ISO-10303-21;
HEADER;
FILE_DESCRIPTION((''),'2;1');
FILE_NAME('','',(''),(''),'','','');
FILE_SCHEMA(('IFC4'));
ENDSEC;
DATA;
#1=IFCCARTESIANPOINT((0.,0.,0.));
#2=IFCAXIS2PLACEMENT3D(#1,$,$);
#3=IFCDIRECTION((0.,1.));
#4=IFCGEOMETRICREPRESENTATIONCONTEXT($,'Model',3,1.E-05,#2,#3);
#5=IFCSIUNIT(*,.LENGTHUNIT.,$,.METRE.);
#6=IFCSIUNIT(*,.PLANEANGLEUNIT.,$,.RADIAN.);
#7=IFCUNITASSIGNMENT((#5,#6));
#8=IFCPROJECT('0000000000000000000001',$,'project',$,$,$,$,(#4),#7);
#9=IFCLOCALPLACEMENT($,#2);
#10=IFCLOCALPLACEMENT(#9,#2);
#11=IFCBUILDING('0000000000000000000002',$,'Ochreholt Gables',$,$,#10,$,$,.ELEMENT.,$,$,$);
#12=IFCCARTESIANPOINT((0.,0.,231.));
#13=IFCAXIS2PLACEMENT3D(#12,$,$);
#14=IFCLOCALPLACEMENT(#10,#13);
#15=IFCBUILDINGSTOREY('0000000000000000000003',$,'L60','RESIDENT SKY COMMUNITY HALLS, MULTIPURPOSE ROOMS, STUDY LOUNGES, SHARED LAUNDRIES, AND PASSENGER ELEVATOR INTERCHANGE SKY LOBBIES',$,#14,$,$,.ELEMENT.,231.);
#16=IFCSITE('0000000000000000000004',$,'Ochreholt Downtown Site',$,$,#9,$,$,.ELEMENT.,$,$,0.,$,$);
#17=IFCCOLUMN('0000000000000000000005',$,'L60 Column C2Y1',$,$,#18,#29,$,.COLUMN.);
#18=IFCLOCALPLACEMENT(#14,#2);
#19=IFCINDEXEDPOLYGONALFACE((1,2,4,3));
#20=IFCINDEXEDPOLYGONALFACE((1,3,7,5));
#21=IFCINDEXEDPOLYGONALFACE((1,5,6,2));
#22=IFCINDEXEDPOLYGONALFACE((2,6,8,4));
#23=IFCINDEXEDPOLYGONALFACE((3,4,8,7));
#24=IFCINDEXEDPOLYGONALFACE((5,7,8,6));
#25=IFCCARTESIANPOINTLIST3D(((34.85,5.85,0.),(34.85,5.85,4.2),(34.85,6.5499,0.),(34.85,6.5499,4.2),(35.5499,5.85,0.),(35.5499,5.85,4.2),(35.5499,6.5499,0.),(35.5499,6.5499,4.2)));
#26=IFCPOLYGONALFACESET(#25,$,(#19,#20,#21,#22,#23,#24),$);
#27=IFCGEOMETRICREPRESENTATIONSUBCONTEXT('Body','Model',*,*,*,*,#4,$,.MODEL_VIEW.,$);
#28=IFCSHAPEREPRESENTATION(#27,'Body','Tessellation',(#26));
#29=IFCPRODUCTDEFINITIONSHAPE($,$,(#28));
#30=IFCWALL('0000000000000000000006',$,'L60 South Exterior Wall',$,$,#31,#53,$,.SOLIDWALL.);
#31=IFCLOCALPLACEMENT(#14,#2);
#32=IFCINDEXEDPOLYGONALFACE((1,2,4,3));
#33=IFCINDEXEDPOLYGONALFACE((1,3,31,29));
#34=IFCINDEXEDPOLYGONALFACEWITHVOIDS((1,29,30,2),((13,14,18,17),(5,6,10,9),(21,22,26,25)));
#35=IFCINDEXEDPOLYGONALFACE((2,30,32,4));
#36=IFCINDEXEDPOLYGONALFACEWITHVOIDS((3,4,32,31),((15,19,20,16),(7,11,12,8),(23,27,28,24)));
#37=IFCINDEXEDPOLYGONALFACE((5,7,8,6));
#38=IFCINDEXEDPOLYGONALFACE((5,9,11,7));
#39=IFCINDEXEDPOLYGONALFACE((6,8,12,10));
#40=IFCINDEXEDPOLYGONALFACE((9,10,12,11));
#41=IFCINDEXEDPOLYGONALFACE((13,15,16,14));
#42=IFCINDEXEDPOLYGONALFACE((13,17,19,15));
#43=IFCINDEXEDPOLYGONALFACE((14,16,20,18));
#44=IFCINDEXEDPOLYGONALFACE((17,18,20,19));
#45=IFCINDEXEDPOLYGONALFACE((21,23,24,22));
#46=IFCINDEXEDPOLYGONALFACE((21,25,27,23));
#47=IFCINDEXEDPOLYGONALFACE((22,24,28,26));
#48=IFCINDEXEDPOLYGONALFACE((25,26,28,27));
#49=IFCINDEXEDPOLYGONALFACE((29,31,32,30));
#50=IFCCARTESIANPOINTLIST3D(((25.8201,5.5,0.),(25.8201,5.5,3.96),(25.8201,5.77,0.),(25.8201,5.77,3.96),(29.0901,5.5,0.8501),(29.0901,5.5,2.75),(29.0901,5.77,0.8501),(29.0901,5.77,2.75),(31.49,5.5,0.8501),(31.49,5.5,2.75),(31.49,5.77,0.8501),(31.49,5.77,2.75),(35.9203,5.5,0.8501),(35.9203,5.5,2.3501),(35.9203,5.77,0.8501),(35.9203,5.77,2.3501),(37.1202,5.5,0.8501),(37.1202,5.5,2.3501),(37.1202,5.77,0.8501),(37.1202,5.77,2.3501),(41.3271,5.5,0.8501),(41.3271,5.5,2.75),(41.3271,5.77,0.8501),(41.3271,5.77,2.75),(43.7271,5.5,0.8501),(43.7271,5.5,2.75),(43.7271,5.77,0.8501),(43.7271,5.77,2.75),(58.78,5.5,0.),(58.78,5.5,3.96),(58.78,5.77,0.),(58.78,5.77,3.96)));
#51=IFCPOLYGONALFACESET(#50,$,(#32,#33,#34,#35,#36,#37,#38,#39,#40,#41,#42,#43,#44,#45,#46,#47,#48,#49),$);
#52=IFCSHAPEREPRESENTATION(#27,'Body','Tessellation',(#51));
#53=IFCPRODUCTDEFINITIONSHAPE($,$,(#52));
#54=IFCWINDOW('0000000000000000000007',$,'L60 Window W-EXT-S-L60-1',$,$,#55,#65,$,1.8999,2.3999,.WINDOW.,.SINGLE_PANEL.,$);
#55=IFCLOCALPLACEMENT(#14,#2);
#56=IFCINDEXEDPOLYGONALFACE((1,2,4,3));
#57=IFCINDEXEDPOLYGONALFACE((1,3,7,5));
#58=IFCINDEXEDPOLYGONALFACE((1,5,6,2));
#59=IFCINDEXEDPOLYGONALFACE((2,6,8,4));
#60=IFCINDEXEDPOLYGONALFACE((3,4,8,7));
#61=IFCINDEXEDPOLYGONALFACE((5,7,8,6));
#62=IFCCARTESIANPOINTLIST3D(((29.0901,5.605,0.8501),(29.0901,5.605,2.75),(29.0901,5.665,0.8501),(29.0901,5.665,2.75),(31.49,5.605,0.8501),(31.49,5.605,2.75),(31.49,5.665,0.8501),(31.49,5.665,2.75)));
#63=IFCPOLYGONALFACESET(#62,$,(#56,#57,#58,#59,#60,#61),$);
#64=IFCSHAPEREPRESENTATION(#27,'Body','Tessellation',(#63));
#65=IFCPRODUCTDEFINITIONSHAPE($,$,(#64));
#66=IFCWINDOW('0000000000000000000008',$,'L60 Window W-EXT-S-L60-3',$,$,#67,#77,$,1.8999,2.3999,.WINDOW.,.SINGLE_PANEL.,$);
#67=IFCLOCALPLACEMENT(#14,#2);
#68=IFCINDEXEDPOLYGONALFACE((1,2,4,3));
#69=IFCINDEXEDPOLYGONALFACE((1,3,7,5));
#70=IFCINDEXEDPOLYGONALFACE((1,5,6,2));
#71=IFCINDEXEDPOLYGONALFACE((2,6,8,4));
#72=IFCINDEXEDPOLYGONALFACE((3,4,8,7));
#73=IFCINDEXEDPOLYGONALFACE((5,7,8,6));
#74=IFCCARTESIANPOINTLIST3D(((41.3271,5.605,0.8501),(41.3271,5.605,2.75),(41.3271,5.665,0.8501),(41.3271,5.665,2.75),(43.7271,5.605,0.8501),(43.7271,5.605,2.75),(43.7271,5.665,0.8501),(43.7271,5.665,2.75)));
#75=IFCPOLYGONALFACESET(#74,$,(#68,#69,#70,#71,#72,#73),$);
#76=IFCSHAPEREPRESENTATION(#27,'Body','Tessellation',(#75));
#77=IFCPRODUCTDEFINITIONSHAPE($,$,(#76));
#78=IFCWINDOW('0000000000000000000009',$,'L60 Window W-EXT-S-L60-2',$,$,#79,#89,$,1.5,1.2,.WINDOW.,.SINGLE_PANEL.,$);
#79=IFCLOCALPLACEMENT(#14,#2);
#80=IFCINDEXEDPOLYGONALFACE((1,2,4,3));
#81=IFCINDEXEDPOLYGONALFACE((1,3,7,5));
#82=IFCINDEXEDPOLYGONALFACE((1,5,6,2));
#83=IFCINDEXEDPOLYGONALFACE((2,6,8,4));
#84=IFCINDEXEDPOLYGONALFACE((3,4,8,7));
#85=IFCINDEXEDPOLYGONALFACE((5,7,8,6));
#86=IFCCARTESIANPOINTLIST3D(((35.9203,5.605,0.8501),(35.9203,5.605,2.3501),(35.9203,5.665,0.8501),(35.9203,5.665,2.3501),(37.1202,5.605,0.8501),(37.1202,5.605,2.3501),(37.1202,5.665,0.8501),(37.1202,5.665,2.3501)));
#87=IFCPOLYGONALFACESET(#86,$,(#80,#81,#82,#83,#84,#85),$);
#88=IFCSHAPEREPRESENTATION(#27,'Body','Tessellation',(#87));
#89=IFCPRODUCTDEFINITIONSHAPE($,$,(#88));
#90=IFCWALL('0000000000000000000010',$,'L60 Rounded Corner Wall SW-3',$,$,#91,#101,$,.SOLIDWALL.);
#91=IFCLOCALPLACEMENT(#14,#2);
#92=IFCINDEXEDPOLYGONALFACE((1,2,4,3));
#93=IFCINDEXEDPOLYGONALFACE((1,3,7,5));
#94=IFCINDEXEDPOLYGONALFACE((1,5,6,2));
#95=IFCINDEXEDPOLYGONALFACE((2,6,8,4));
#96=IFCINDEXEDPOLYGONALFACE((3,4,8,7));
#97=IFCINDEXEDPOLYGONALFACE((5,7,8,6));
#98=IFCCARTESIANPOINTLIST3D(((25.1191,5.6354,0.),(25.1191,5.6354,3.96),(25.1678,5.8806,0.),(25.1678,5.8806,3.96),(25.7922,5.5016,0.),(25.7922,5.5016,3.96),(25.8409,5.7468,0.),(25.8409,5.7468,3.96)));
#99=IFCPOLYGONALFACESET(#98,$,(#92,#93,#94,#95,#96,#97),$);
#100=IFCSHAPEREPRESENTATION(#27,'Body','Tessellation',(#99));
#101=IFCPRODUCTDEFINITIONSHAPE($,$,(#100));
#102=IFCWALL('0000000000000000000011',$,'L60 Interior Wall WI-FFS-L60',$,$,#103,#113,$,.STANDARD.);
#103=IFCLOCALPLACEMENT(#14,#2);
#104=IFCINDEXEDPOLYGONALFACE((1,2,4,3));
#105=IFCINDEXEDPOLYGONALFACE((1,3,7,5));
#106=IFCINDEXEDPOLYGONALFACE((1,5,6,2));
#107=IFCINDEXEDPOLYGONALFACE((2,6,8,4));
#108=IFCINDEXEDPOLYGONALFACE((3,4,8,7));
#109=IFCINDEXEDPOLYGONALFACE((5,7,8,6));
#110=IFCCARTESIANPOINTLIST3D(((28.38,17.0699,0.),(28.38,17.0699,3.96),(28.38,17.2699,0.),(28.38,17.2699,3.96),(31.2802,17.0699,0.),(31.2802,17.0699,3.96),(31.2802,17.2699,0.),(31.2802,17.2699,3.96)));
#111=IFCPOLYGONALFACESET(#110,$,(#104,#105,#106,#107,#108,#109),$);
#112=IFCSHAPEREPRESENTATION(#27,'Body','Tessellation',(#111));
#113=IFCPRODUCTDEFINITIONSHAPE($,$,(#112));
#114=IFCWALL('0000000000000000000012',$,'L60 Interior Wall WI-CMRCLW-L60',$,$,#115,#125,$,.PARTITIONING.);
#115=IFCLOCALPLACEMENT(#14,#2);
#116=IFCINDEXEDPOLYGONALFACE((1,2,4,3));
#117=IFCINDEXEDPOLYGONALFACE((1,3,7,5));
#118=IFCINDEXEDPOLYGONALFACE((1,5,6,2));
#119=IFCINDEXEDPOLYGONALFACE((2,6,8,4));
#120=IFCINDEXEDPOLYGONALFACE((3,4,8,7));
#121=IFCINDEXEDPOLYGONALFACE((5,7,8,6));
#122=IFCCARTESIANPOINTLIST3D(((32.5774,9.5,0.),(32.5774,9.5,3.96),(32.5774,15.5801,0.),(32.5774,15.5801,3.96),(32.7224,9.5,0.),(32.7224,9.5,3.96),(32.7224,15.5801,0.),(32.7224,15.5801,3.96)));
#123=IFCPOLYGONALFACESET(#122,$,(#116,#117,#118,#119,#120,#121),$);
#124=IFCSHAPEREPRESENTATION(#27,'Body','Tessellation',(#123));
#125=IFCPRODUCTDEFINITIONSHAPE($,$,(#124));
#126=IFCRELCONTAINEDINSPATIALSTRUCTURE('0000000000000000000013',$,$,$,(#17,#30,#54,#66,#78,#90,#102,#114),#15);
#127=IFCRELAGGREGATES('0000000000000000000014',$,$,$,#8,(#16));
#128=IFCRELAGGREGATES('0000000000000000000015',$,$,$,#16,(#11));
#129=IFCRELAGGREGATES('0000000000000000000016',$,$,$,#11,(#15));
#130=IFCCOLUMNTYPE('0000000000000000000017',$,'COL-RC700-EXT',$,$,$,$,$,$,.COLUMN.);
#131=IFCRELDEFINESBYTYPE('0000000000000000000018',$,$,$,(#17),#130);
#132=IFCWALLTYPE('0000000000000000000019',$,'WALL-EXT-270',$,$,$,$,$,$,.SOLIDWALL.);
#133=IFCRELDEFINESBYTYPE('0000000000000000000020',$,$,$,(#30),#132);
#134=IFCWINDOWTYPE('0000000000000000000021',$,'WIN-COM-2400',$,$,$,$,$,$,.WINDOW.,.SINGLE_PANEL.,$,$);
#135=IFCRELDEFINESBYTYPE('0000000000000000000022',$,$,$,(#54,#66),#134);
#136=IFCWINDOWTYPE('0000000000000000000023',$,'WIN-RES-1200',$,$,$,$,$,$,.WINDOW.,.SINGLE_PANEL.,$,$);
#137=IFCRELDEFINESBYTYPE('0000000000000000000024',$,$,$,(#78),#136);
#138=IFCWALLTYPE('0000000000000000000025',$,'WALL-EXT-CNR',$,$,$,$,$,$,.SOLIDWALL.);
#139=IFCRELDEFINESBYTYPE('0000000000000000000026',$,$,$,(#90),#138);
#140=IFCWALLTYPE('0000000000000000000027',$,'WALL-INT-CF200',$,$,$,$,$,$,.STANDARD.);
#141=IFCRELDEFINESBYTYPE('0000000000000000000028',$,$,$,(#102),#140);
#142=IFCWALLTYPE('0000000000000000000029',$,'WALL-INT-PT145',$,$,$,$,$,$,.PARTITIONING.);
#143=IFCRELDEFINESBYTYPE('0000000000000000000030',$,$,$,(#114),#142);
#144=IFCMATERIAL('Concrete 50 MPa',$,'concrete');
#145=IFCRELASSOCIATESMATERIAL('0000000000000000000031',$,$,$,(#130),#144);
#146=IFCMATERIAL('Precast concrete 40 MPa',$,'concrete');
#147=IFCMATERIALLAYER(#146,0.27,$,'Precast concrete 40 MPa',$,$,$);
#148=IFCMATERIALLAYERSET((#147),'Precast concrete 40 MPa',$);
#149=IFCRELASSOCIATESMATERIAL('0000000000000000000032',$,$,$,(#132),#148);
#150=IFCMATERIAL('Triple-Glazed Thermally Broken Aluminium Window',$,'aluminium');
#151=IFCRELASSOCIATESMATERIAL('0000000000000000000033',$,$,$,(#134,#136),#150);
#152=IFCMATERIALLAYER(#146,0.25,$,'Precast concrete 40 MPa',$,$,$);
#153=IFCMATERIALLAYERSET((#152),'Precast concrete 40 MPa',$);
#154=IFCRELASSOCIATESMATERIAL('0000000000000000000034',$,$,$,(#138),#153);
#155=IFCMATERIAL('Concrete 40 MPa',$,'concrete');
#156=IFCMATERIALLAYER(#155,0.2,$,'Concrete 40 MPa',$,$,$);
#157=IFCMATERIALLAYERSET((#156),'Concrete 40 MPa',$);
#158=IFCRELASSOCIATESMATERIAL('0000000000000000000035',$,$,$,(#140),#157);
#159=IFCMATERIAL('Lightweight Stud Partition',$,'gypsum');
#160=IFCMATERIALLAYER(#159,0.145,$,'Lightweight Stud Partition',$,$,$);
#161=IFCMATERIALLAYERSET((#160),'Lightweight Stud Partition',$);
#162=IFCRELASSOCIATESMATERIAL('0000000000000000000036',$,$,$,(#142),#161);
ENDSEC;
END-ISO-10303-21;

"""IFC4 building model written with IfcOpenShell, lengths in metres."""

from ifc_helpers import new_model, si_unit, direction, frame, frame_2d, origin, origin_2d, place, context, subcontext, project, spatial, rectangle, extrude, material, layer, layer_set, material_profile, profile_set, type_object, element, fill, save


model = new_model("IFC4")

# Units and contexts
model_context = context("Model", 3, precision=1e-05, world=origin(), true_north=direction((0.0, 1.0)))
body_context = subcontext(model_context, "Body", "Model", "MODEL_VIEW")
ifc_project = project(units=[si_unit("LENGTHUNIT", "METRE"), si_unit("PLANEANGLEUNIT", "RADIAN")], contexts=[model_context])

# Site, building, storey
site_placement = place(None, origin())
site = spatial("IfcSite", under=ifc_project, at=site_placement, Name="Ochreholt Downtown Site", CompositionType="ELEMENT", RefElevation=0.0)
building_placement = place(site_placement, origin())
building = spatial("IfcBuilding", under=site, at=building_placement, Name="Ochreholt Gables", CompositionType="ELEMENT")
storey_placement = place(building_placement, frame((0.0, 0.0, 231.0)))
storey = spatial("IfcBuildingStorey", under=building, at=storey_placement, Name="L60", Description="RESIDENT SKY COMMUNITY HALLS, MULTIPURPOSE ROOMS, STUDY LOUNGES, SHARED LAUNDRIES, AND PASSENGER ELEVATOR INTERCHANGE SKY LOBBIES", CompositionType="ELEMENT", Elevation=231.0)

# Column
ifc_material_1 = material(Name="Concrete 50 MPa", Category="concrete")
ifc_material_profile = material_profile(ifc_material_1, rectangle(XDim=0.7, YDim=0.7, at=origin_2d()), Name="RC700X700")
ifc_profile_set = profile_set([ifc_material_profile], Name="Concrete 50 MPa")
column_type = type_object("IfcColumnType", Name="COL-RC700-EXT", PredefinedType="COLUMN", material=ifc_profile_set)
column_placement = place(storey_placement, frame((35.2, 6.2, 0.0), z_axis=(0.0, 0.0, 1.0), x_axis=(1.0, 0.0, 0.0)))
element("IfcColumn", 1, at=column_placement, inside=storey, type_object=column_type, Name="L60 Column C2Y1", PredefinedType="COLUMN", context=body_context, shape_type="SweptSolid", body=[
    extrude(rectangle(XDim=0.7, YDim=0.7, at=origin_2d()), origin(), (0.0, 0.0, 1.0), 4.2),
])

# Wall, openings, windows
ifc_material_2 = material(Name="Precast concrete 40 MPa", Category="concrete")
ifc_layer_1 = layer(ifc_material_2, 0.27, Name="Precast concrete 40 MPa")
ifc_layer_set_1 = layer_set([ifc_layer_1], Name="Precast concrete 40 MPa")
wall_type_1 = type_object("IfcWallType", Name="WALL-EXT-270", PredefinedType="SOLIDWALL", material=ifc_layer_set_1)
wall_1_placement = place(storey_placement, frame((25.8201, 5.635, 0.0), z_axis=(0.0, 0.0, 1.0), x_axis=(1.0, 0.0, 0.0)))
wall_1 = element("IfcWall", 2, at=wall_1_placement, inside=storey, type_object=wall_type_1, Name="L60 South Exterior Wall", PredefinedType="SOLIDWALL", context=body_context, shape_type="SweptSolid", body=[
    extrude(rectangle(XDim=32.96, YDim=0.27, at=frame_2d((16.48, 0.0))), origin(), (0.0, 0.0, 1.0), 3.96),
])
opening_1_placement = place(wall_1_placement, frame((3.27, 0.0, 0.8501)))
opening_1 = element("IfcOpeningElement", 3, at=opening_1_placement, cuts=wall_1, PredefinedType="OPENING", context=body_context, shape_type="SweptSolid", body=[
    extrude(rectangle(XDim=2.3999, YDim=1.8999, at=frame_2d((1.2, 0.95))), frame((0.0, 0.145, 0.0), z_axis=(0.0, -1.0, 0.0), x_axis=(1.0, 0.0, 0.0)), (0.0, 0.0, 1.0), 0.29),
])
opening_2_placement = place(wall_1_placement, frame((10.1001, 0.0, 0.8501)))
opening_2 = element("IfcOpeningElement", 4, at=opening_2_placement, cuts=wall_1, PredefinedType="OPENING", context=body_context, shape_type="SweptSolid", body=[
    extrude(rectangle(XDim=1.2, YDim=1.5, at=frame_2d((0.6001, 0.75))), frame((0.0, 0.145, 0.0), z_axis=(0.0, -1.0, 0.0), x_axis=(1.0, 0.0, 0.0)), (0.0, 0.0, 1.0), 0.29),
])
opening_3_placement = place(wall_1_placement, frame((15.5071, 0.0, 0.8501)))
opening_3 = element("IfcOpeningElement", 5, at=opening_3_placement, cuts=wall_1, PredefinedType="OPENING", context=body_context, shape_type="SweptSolid", body=[
    extrude(rectangle(XDim=2.3999, YDim=1.8999, at=frame_2d((1.2, 0.95))), frame((0.0, 0.145, 0.0), z_axis=(0.0, -1.0, 0.0), x_axis=(1.0, 0.0, 0.0)), (0.0, 0.0, 1.0), 0.29),
])
ifc_material_3 = material(Name="Triple-Glazed Thermally Broken Aluminium Window", Category="aluminium")
window_type_1 = type_object("IfcWindowType", Name="WIN-COM-2400", PartitioningType="SINGLE_PANEL", PredefinedType="WINDOW", material=ifc_material_3)
window_1_placement = place(opening_1_placement, origin())
window_1 = element("IfcWindow", 6, at=window_1_placement, inside=storey, type_object=window_type_1, Name="L60 Window W-EXT-S-L60-1", OverallHeight=1.8999, OverallWidth=2.3999, PartitioningType="SINGLE_PANEL", PredefinedType="WINDOW", context=body_context, shape_type="SweptSolid", body=[
    extrude(rectangle(XDim=2.3999, YDim=1.8999, at=frame_2d((1.2, 0.95))), frame((0.0, 0.03, 0.0), z_axis=(0.0, -1.0, 0.0), x_axis=(1.0, 0.0, 0.0)), (0.0, 0.0, 1.0), 0.0601),
])
fill(opening_1, window_1)
window_2_placement = place(opening_3_placement, origin())
window_2 = element("IfcWindow", 7, at=window_2_placement, inside=storey, type_object=window_type_1, Name="L60 Window W-EXT-S-L60-3", OverallHeight=1.8999, OverallWidth=2.3999, PartitioningType="SINGLE_PANEL", PredefinedType="WINDOW", context=body_context, shape_type="SweptSolid", body=[
    extrude(rectangle(XDim=2.3999, YDim=1.8999, at=frame_2d((1.2, 0.95))), frame((0.0, 0.03, 0.0), z_axis=(0.0, -1.0, 0.0), x_axis=(1.0, 0.0, 0.0)), (0.0, 0.0, 1.0), 0.0601),
])
fill(opening_3, window_2)
window_type_2 = type_object("IfcWindowType", Name="WIN-RES-1200", PartitioningType="SINGLE_PANEL", PredefinedType="WINDOW", material=ifc_material_3)
window_3_placement = place(opening_2_placement, origin())
window_3 = element("IfcWindow", 8, at=window_3_placement, inside=storey, type_object=window_type_2, Name="L60 Window W-EXT-S-L60-2", OverallHeight=1.5, OverallWidth=1.2, PartitioningType="SINGLE_PANEL", PredefinedType="WINDOW", context=body_context, shape_type="SweptSolid", body=[
    extrude(rectangle(XDim=1.2, YDim=1.5, at=frame_2d((0.6001, 0.75))), frame((0.0, 0.03, 0.0), z_axis=(0.0, -1.0, 0.0), x_axis=(1.0, 0.0, 0.0)), (0.0, 0.0, 1.0), 0.0601),
])
fill(opening_2, window_3)

# Walls
ifc_layer_2 = layer(ifc_material_2, 0.25, Name="Precast concrete 40 MPa")
ifc_layer_set_2 = layer_set([ifc_layer_2], Name="Precast concrete 40 MPa")
wall_type_2 = type_object("IfcWallType", Name="WALL-EXT-CNR", PredefinedType="SOLIDWALL", material=ifc_layer_set_2)
wall_2_placement = place(storey_placement, frame((25.1433, 5.7581, 0.0), z_axis=(0.0, 0.0, 1.0), x_axis=(0.980813, -0.194953, 0.0)))
element("IfcWall", 9, at=wall_2_placement, inside=storey, type_object=wall_type_2, Name="L60 Rounded Corner Wall SW-3", PredefinedType="SOLIDWALL", context=body_context, shape_type="SweptSolid", body=[
    extrude(rectangle(XDim=0.6863, YDim=0.25, at=frame_2d((0.3433, 0.0))), origin(), (0.0, 0.0, 1.0), 3.96),
])
ifc_material_4 = material(Name="Concrete 40 MPa", Category="concrete")
ifc_layer_3 = layer(ifc_material_4, 0.2, Name="Concrete 40 MPa")
ifc_layer_set_3 = layer_set([ifc_layer_3], Name="Concrete 40 MPa")
wall_type_3 = type_object("IfcWallType", Name="WALL-INT-CF200", PredefinedType="STANDARD", material=ifc_layer_set_3)
wall_3_placement = place(storey_placement, frame((28.3799, 17.1699, 0.0), z_axis=(0.0, 0.0, 1.0), x_axis=(1.0, 0.0, 0.0)))
element("IfcWall", 10, at=wall_3_placement, inside=storey, type_object=wall_type_3, Name="L60 Interior Wall WI-FFS-L60", PredefinedType="STANDARD", context=body_context, shape_type="SweptSolid", body=[
    extrude(rectangle(XDim=2.9001, YDim=0.2, at=frame_2d((1.4502, 0.0))), origin(), (0.0, 0.0, 1.0), 3.96),
])

# Wall
ifc_material_5 = material(Name="Lightweight Stud Partition", Category="gypsum")
ifc_layer_4 = layer(ifc_material_5, 0.145, Name="Lightweight Stud Partition")
ifc_layer_set_4 = layer_set([ifc_layer_4], Name="Lightweight Stud Partition")
wall_type_4 = type_object("IfcWallType", Name="WALL-INT-PT145", PredefinedType="PARTITIONING", material=ifc_layer_set_4)
wall_4_placement = place(storey_placement, frame((32.6499, 9.5, 0.0), z_axis=(0.0, 0.0, 1.0), x_axis=(0.0, 1.0, 0.0)))
element("IfcWall", 11, at=wall_4_placement, inside=storey, type_object=wall_type_4, Name="L60 Interior Wall WI-CMRCLW-L60", PredefinedType="PARTITIONING", context=body_context, shape_type="SweptSolid", body=[
    extrude(rectangle(XDim=6.0801, YDim=0.145, at=frame_2d((3.04, 0.0))), origin(), (0.0, 0.0, 1.0), 3.96),
])

save(model, "model.ifc")
